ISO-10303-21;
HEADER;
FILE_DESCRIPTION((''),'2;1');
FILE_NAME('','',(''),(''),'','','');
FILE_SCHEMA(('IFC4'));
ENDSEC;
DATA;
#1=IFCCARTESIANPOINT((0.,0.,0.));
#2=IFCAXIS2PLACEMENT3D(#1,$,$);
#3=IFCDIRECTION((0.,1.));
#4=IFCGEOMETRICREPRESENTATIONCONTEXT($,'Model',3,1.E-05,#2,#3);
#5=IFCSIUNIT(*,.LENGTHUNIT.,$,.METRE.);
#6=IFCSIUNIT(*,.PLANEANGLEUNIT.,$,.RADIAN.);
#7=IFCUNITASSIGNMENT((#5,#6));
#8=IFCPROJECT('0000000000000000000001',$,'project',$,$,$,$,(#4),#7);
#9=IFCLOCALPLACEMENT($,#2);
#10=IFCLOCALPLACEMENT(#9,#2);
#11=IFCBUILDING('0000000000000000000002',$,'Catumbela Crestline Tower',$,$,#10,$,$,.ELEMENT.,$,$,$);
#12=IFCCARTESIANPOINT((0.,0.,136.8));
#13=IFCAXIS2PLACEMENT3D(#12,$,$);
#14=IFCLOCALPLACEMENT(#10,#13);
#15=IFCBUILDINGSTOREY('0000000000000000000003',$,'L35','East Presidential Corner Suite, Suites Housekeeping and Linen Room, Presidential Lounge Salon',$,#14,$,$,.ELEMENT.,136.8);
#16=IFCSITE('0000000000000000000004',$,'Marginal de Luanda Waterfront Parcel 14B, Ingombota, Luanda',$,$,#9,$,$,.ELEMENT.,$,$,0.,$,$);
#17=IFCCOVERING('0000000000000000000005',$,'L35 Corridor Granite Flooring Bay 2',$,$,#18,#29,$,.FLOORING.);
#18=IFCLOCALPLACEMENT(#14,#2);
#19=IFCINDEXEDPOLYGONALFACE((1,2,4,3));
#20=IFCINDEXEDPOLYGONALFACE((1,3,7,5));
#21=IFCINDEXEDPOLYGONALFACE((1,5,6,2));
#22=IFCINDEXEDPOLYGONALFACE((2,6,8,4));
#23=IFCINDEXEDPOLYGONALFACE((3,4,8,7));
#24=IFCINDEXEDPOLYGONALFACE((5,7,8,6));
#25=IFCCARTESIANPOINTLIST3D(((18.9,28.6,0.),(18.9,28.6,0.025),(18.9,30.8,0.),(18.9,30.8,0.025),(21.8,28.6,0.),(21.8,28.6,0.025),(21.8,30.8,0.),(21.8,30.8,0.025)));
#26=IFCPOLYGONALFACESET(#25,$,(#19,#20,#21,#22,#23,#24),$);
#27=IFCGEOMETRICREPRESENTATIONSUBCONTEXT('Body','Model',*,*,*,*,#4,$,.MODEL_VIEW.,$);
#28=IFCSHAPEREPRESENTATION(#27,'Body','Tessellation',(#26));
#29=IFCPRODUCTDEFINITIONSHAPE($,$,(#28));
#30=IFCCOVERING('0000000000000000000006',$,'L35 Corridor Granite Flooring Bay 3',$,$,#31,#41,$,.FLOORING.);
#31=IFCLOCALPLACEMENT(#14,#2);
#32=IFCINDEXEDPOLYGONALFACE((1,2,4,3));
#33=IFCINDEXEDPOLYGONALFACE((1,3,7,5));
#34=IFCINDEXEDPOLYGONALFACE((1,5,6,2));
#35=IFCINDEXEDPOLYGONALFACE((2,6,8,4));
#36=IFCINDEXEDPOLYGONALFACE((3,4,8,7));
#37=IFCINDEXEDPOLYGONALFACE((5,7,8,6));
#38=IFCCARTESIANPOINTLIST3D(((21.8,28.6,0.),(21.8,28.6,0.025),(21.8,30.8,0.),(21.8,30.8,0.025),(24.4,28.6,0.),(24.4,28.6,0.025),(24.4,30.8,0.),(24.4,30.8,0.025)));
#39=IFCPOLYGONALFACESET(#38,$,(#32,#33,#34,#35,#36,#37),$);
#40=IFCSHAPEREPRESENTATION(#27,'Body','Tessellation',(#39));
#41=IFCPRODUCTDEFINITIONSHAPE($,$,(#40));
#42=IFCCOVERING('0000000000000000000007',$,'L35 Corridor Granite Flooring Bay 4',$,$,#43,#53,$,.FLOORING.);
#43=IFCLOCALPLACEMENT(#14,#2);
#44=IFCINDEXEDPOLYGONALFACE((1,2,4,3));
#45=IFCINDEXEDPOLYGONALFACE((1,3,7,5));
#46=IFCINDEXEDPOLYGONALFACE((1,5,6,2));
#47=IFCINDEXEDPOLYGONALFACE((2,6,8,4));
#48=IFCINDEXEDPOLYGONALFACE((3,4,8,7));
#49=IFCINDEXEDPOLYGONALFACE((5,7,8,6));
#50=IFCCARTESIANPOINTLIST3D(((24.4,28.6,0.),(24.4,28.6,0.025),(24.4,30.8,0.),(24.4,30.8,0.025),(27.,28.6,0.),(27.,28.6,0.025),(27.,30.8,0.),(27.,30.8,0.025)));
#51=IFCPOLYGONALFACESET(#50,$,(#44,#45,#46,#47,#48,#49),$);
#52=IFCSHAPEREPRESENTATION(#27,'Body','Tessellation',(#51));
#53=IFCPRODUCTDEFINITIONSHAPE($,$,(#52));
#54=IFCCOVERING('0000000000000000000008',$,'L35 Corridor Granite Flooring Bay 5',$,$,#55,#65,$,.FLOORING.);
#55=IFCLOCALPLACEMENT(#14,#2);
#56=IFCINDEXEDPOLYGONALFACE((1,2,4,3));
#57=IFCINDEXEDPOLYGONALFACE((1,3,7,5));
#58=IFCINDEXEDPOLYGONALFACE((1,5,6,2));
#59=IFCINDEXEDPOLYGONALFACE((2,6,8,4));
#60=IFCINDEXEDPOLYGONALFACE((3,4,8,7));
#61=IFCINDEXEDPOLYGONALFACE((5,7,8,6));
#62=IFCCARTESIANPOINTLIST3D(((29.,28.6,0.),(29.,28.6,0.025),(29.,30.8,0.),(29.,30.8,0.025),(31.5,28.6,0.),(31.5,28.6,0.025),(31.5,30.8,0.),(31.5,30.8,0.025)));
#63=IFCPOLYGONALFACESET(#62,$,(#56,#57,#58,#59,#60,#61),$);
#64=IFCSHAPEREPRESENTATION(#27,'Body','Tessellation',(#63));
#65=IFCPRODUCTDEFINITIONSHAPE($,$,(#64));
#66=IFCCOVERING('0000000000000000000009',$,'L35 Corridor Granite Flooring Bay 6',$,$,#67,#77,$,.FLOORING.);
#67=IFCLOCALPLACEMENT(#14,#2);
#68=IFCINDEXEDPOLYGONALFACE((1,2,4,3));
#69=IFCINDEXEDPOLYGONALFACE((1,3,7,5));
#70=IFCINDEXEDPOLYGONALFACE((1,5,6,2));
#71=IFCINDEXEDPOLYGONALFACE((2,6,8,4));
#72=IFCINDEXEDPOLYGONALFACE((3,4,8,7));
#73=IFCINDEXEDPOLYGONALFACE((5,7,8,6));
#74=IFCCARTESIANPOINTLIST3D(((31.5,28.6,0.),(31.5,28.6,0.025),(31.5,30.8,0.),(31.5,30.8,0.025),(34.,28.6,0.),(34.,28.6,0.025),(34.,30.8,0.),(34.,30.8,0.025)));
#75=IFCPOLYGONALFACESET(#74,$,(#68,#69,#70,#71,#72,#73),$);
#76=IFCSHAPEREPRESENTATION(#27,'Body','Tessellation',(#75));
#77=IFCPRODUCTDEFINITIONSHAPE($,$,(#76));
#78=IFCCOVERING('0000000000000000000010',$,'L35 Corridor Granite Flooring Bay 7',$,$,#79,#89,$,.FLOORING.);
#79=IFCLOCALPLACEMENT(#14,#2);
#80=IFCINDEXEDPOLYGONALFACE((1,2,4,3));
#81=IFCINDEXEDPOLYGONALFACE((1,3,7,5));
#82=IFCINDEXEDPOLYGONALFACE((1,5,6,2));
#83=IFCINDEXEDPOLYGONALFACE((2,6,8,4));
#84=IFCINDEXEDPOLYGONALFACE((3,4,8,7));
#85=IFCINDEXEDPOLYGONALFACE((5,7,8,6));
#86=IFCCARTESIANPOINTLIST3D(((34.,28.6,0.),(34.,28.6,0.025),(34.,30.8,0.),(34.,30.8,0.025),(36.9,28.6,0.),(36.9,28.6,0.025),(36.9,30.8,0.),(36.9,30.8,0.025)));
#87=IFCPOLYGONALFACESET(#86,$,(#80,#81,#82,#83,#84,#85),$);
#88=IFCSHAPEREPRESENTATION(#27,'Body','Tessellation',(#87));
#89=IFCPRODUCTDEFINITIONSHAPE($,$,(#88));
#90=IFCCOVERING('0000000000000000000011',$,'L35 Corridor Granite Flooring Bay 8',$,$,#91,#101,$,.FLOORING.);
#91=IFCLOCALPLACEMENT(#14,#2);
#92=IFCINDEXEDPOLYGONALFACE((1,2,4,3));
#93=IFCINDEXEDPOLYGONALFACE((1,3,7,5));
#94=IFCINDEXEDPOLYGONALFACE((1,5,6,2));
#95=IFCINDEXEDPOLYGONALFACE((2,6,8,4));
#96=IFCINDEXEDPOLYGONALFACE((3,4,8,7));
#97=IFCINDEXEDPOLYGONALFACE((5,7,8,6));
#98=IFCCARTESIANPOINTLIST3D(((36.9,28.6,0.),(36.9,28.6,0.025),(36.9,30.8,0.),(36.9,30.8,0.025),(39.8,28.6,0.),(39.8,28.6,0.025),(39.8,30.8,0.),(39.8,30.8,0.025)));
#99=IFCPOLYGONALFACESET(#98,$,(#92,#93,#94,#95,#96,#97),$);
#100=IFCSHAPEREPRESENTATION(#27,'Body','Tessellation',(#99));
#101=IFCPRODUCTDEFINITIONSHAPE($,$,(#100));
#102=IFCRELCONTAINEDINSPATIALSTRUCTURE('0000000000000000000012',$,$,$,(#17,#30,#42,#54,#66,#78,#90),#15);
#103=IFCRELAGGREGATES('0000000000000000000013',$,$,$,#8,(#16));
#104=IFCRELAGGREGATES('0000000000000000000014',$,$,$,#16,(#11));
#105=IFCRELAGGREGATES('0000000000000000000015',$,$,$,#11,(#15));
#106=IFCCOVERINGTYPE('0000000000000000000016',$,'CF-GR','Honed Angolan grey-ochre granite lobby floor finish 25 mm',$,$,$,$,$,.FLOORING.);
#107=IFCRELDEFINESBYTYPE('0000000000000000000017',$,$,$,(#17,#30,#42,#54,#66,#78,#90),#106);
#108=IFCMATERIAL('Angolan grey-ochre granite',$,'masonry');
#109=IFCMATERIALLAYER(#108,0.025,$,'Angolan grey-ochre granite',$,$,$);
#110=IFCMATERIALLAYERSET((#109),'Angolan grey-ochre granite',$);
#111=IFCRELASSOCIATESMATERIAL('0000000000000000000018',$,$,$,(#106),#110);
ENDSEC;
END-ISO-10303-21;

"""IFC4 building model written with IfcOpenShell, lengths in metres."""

from ifc_helpers import new_model, si_unit, direction, frame, origin, place, context, subcontext, project, spatial, polyline, outline, extrude, material, layer, layer_set, type_object, element, save


model = new_model("IFC4")

# Units and contexts
model_context = context("Model", 3, precision=1e-05, world=origin(), true_north=direction((0.0, 1.0)))
body_context = subcontext(model_context, "Body", "Model", "MODEL_VIEW")
ifc_project = project(units=[si_unit("LENGTHUNIT", "METRE"), si_unit("PLANEANGLEUNIT", "RADIAN")], contexts=[model_context])

# Site, building, storey
site_placement = place(None, origin())
site = spatial("IfcSite", under=ifc_project, at=site_placement, Name="Marginal de Luanda Waterfront Parcel 14B, Ingombota, Luanda", CompositionType="ELEMENT", RefElevation=0.0)
building_placement = place(site_placement, origin())
building = spatial("IfcBuilding", under=site, at=building_placement, Name="Catumbela Crestline Tower", CompositionType="ELEMENT")
storey_placement = place(building_placement, frame((0.0, 0.0, 136.8)))
storey = spatial("IfcBuildingStorey", under=building, at=storey_placement, Name="L35", Description="East Presidential Corner Suite, Suites Housekeeping and Linen Room, Presidential Lounge Salon", CompositionType="ELEMENT", Elevation=136.8)

# Shared definitions
ifc_material_1 = material(Name="Angolan grey-ochre granite", Category="masonry")

# Coverings
ifc_layer_1 = layer(ifc_material_1, 0.025, Name="Angolan grey-ochre granite")
ifc_layer_set_1 = layer_set([ifc_layer_1], Name="Angolan grey-ochre granite")
covering_type_1 = type_object("IfcCoveringType", Name="CF-GR", Description="Honed Angolan grey-ochre granite lobby floor finish 25 mm", PredefinedType="FLOORING", material=ifc_layer_set_1)
covering_1_placement = place(storey_placement, origin())
element("IfcCovering", 1, at=covering_1_placement, inside=storey, type_object=covering_type_1, Name="L35 Corridor Granite Flooring Bay 2", PredefinedType="FLOORING", context=body_context, shape_type="SweptSolid", body=[
    extrude(outline(polyline([(18.9, 28.6), (21.8, 28.6), (21.8, 30.8), (18.9, 30.8), (18.9, 28.6)])), origin(), (0.0, 0.0, 1.0), 0.025),
])
covering_2_placement = place(storey_placement, origin())
element("IfcCovering", 2, at=covering_2_placement, inside=storey, type_object=covering_type_1, Name="L35 Corridor Granite Flooring Bay 3", PredefinedType="FLOORING", context=body_context, shape_type="SweptSolid", body=[
    extrude(outline(polyline([(21.8, 28.6), (24.4, 28.6), (24.4, 30.8), (21.8, 30.8), (21.8, 28.6)])), origin(), (0.0, 0.0, 1.0), 0.025),
])
covering_3_placement = place(storey_placement, origin())
element("IfcCovering", 3, at=covering_3_placement, inside=storey, type_object=covering_type_1, Name="L35 Corridor Granite Flooring Bay 4", PredefinedType="FLOORING", context=body_context, shape_type="SweptSolid", body=[
    extrude(outline(polyline([(24.4, 28.6), (27.0, 28.6), (27.0, 30.8), (24.4, 30.8), (24.4, 28.6)])), origin(), (0.0, 0.0, 1.0), 0.025),
])
covering_4_placement = place(storey_placement, origin())
element("IfcCovering", 4, at=covering_4_placement, inside=storey, type_object=covering_type_1, Name="L35 Corridor Granite Flooring Bay 5", PredefinedType="FLOORING", context=body_context, shape_type="SweptSolid", body=[
    extrude(outline(polyline([(29.0, 28.6), (31.5, 28.6), (31.5, 30.8), (29.0, 30.8), (29.0, 28.6)])), origin(), (0.0, 0.0, 1.0), 0.025),
])
covering_5_placement = place(storey_placement, origin())
element("IfcCovering", 5, at=covering_5_placement, inside=storey, type_object=covering_type_1, Name="L35 Corridor Granite Flooring Bay 6", PredefinedType="FLOORING", context=body_context, shape_type="SweptSolid", body=[
    extrude(outline(polyline([(31.5, 28.6), (34.0, 28.6), (34.0, 30.8), (31.5, 30.8), (31.5, 28.6)])), origin(), (0.0, 0.0, 1.0), 0.025),
])
covering_6_placement = place(storey_placement, origin())
element("IfcCovering", 6, at=covering_6_placement, inside=storey, type_object=covering_type_1, Name="L35 Corridor Granite Flooring Bay 7", PredefinedType="FLOORING", context=body_context, shape_type="SweptSolid", body=[
    extrude(outline(polyline([(34.0, 28.6), (36.9, 28.6), (36.9, 30.8), (34.0, 30.8), (34.0, 28.6)])), origin(), (0.0, 0.0, 1.0), 0.025),
])
covering_7_placement = place(storey_placement, origin())
element("IfcCovering", 7, at=covering_7_placement, inside=storey, type_object=covering_type_1, Name="L35 Corridor Granite Flooring Bay 8", PredefinedType="FLOORING", context=body_context, shape_type="SweptSolid", body=[
    extrude(outline(polyline([(36.9, 28.6), (39.8, 28.6), (39.8, 30.8), (36.9, 30.8), (36.9, 28.6)])), origin(), (0.0, 0.0, 1.0), 0.025),
])

save(model, "model.ifc")
